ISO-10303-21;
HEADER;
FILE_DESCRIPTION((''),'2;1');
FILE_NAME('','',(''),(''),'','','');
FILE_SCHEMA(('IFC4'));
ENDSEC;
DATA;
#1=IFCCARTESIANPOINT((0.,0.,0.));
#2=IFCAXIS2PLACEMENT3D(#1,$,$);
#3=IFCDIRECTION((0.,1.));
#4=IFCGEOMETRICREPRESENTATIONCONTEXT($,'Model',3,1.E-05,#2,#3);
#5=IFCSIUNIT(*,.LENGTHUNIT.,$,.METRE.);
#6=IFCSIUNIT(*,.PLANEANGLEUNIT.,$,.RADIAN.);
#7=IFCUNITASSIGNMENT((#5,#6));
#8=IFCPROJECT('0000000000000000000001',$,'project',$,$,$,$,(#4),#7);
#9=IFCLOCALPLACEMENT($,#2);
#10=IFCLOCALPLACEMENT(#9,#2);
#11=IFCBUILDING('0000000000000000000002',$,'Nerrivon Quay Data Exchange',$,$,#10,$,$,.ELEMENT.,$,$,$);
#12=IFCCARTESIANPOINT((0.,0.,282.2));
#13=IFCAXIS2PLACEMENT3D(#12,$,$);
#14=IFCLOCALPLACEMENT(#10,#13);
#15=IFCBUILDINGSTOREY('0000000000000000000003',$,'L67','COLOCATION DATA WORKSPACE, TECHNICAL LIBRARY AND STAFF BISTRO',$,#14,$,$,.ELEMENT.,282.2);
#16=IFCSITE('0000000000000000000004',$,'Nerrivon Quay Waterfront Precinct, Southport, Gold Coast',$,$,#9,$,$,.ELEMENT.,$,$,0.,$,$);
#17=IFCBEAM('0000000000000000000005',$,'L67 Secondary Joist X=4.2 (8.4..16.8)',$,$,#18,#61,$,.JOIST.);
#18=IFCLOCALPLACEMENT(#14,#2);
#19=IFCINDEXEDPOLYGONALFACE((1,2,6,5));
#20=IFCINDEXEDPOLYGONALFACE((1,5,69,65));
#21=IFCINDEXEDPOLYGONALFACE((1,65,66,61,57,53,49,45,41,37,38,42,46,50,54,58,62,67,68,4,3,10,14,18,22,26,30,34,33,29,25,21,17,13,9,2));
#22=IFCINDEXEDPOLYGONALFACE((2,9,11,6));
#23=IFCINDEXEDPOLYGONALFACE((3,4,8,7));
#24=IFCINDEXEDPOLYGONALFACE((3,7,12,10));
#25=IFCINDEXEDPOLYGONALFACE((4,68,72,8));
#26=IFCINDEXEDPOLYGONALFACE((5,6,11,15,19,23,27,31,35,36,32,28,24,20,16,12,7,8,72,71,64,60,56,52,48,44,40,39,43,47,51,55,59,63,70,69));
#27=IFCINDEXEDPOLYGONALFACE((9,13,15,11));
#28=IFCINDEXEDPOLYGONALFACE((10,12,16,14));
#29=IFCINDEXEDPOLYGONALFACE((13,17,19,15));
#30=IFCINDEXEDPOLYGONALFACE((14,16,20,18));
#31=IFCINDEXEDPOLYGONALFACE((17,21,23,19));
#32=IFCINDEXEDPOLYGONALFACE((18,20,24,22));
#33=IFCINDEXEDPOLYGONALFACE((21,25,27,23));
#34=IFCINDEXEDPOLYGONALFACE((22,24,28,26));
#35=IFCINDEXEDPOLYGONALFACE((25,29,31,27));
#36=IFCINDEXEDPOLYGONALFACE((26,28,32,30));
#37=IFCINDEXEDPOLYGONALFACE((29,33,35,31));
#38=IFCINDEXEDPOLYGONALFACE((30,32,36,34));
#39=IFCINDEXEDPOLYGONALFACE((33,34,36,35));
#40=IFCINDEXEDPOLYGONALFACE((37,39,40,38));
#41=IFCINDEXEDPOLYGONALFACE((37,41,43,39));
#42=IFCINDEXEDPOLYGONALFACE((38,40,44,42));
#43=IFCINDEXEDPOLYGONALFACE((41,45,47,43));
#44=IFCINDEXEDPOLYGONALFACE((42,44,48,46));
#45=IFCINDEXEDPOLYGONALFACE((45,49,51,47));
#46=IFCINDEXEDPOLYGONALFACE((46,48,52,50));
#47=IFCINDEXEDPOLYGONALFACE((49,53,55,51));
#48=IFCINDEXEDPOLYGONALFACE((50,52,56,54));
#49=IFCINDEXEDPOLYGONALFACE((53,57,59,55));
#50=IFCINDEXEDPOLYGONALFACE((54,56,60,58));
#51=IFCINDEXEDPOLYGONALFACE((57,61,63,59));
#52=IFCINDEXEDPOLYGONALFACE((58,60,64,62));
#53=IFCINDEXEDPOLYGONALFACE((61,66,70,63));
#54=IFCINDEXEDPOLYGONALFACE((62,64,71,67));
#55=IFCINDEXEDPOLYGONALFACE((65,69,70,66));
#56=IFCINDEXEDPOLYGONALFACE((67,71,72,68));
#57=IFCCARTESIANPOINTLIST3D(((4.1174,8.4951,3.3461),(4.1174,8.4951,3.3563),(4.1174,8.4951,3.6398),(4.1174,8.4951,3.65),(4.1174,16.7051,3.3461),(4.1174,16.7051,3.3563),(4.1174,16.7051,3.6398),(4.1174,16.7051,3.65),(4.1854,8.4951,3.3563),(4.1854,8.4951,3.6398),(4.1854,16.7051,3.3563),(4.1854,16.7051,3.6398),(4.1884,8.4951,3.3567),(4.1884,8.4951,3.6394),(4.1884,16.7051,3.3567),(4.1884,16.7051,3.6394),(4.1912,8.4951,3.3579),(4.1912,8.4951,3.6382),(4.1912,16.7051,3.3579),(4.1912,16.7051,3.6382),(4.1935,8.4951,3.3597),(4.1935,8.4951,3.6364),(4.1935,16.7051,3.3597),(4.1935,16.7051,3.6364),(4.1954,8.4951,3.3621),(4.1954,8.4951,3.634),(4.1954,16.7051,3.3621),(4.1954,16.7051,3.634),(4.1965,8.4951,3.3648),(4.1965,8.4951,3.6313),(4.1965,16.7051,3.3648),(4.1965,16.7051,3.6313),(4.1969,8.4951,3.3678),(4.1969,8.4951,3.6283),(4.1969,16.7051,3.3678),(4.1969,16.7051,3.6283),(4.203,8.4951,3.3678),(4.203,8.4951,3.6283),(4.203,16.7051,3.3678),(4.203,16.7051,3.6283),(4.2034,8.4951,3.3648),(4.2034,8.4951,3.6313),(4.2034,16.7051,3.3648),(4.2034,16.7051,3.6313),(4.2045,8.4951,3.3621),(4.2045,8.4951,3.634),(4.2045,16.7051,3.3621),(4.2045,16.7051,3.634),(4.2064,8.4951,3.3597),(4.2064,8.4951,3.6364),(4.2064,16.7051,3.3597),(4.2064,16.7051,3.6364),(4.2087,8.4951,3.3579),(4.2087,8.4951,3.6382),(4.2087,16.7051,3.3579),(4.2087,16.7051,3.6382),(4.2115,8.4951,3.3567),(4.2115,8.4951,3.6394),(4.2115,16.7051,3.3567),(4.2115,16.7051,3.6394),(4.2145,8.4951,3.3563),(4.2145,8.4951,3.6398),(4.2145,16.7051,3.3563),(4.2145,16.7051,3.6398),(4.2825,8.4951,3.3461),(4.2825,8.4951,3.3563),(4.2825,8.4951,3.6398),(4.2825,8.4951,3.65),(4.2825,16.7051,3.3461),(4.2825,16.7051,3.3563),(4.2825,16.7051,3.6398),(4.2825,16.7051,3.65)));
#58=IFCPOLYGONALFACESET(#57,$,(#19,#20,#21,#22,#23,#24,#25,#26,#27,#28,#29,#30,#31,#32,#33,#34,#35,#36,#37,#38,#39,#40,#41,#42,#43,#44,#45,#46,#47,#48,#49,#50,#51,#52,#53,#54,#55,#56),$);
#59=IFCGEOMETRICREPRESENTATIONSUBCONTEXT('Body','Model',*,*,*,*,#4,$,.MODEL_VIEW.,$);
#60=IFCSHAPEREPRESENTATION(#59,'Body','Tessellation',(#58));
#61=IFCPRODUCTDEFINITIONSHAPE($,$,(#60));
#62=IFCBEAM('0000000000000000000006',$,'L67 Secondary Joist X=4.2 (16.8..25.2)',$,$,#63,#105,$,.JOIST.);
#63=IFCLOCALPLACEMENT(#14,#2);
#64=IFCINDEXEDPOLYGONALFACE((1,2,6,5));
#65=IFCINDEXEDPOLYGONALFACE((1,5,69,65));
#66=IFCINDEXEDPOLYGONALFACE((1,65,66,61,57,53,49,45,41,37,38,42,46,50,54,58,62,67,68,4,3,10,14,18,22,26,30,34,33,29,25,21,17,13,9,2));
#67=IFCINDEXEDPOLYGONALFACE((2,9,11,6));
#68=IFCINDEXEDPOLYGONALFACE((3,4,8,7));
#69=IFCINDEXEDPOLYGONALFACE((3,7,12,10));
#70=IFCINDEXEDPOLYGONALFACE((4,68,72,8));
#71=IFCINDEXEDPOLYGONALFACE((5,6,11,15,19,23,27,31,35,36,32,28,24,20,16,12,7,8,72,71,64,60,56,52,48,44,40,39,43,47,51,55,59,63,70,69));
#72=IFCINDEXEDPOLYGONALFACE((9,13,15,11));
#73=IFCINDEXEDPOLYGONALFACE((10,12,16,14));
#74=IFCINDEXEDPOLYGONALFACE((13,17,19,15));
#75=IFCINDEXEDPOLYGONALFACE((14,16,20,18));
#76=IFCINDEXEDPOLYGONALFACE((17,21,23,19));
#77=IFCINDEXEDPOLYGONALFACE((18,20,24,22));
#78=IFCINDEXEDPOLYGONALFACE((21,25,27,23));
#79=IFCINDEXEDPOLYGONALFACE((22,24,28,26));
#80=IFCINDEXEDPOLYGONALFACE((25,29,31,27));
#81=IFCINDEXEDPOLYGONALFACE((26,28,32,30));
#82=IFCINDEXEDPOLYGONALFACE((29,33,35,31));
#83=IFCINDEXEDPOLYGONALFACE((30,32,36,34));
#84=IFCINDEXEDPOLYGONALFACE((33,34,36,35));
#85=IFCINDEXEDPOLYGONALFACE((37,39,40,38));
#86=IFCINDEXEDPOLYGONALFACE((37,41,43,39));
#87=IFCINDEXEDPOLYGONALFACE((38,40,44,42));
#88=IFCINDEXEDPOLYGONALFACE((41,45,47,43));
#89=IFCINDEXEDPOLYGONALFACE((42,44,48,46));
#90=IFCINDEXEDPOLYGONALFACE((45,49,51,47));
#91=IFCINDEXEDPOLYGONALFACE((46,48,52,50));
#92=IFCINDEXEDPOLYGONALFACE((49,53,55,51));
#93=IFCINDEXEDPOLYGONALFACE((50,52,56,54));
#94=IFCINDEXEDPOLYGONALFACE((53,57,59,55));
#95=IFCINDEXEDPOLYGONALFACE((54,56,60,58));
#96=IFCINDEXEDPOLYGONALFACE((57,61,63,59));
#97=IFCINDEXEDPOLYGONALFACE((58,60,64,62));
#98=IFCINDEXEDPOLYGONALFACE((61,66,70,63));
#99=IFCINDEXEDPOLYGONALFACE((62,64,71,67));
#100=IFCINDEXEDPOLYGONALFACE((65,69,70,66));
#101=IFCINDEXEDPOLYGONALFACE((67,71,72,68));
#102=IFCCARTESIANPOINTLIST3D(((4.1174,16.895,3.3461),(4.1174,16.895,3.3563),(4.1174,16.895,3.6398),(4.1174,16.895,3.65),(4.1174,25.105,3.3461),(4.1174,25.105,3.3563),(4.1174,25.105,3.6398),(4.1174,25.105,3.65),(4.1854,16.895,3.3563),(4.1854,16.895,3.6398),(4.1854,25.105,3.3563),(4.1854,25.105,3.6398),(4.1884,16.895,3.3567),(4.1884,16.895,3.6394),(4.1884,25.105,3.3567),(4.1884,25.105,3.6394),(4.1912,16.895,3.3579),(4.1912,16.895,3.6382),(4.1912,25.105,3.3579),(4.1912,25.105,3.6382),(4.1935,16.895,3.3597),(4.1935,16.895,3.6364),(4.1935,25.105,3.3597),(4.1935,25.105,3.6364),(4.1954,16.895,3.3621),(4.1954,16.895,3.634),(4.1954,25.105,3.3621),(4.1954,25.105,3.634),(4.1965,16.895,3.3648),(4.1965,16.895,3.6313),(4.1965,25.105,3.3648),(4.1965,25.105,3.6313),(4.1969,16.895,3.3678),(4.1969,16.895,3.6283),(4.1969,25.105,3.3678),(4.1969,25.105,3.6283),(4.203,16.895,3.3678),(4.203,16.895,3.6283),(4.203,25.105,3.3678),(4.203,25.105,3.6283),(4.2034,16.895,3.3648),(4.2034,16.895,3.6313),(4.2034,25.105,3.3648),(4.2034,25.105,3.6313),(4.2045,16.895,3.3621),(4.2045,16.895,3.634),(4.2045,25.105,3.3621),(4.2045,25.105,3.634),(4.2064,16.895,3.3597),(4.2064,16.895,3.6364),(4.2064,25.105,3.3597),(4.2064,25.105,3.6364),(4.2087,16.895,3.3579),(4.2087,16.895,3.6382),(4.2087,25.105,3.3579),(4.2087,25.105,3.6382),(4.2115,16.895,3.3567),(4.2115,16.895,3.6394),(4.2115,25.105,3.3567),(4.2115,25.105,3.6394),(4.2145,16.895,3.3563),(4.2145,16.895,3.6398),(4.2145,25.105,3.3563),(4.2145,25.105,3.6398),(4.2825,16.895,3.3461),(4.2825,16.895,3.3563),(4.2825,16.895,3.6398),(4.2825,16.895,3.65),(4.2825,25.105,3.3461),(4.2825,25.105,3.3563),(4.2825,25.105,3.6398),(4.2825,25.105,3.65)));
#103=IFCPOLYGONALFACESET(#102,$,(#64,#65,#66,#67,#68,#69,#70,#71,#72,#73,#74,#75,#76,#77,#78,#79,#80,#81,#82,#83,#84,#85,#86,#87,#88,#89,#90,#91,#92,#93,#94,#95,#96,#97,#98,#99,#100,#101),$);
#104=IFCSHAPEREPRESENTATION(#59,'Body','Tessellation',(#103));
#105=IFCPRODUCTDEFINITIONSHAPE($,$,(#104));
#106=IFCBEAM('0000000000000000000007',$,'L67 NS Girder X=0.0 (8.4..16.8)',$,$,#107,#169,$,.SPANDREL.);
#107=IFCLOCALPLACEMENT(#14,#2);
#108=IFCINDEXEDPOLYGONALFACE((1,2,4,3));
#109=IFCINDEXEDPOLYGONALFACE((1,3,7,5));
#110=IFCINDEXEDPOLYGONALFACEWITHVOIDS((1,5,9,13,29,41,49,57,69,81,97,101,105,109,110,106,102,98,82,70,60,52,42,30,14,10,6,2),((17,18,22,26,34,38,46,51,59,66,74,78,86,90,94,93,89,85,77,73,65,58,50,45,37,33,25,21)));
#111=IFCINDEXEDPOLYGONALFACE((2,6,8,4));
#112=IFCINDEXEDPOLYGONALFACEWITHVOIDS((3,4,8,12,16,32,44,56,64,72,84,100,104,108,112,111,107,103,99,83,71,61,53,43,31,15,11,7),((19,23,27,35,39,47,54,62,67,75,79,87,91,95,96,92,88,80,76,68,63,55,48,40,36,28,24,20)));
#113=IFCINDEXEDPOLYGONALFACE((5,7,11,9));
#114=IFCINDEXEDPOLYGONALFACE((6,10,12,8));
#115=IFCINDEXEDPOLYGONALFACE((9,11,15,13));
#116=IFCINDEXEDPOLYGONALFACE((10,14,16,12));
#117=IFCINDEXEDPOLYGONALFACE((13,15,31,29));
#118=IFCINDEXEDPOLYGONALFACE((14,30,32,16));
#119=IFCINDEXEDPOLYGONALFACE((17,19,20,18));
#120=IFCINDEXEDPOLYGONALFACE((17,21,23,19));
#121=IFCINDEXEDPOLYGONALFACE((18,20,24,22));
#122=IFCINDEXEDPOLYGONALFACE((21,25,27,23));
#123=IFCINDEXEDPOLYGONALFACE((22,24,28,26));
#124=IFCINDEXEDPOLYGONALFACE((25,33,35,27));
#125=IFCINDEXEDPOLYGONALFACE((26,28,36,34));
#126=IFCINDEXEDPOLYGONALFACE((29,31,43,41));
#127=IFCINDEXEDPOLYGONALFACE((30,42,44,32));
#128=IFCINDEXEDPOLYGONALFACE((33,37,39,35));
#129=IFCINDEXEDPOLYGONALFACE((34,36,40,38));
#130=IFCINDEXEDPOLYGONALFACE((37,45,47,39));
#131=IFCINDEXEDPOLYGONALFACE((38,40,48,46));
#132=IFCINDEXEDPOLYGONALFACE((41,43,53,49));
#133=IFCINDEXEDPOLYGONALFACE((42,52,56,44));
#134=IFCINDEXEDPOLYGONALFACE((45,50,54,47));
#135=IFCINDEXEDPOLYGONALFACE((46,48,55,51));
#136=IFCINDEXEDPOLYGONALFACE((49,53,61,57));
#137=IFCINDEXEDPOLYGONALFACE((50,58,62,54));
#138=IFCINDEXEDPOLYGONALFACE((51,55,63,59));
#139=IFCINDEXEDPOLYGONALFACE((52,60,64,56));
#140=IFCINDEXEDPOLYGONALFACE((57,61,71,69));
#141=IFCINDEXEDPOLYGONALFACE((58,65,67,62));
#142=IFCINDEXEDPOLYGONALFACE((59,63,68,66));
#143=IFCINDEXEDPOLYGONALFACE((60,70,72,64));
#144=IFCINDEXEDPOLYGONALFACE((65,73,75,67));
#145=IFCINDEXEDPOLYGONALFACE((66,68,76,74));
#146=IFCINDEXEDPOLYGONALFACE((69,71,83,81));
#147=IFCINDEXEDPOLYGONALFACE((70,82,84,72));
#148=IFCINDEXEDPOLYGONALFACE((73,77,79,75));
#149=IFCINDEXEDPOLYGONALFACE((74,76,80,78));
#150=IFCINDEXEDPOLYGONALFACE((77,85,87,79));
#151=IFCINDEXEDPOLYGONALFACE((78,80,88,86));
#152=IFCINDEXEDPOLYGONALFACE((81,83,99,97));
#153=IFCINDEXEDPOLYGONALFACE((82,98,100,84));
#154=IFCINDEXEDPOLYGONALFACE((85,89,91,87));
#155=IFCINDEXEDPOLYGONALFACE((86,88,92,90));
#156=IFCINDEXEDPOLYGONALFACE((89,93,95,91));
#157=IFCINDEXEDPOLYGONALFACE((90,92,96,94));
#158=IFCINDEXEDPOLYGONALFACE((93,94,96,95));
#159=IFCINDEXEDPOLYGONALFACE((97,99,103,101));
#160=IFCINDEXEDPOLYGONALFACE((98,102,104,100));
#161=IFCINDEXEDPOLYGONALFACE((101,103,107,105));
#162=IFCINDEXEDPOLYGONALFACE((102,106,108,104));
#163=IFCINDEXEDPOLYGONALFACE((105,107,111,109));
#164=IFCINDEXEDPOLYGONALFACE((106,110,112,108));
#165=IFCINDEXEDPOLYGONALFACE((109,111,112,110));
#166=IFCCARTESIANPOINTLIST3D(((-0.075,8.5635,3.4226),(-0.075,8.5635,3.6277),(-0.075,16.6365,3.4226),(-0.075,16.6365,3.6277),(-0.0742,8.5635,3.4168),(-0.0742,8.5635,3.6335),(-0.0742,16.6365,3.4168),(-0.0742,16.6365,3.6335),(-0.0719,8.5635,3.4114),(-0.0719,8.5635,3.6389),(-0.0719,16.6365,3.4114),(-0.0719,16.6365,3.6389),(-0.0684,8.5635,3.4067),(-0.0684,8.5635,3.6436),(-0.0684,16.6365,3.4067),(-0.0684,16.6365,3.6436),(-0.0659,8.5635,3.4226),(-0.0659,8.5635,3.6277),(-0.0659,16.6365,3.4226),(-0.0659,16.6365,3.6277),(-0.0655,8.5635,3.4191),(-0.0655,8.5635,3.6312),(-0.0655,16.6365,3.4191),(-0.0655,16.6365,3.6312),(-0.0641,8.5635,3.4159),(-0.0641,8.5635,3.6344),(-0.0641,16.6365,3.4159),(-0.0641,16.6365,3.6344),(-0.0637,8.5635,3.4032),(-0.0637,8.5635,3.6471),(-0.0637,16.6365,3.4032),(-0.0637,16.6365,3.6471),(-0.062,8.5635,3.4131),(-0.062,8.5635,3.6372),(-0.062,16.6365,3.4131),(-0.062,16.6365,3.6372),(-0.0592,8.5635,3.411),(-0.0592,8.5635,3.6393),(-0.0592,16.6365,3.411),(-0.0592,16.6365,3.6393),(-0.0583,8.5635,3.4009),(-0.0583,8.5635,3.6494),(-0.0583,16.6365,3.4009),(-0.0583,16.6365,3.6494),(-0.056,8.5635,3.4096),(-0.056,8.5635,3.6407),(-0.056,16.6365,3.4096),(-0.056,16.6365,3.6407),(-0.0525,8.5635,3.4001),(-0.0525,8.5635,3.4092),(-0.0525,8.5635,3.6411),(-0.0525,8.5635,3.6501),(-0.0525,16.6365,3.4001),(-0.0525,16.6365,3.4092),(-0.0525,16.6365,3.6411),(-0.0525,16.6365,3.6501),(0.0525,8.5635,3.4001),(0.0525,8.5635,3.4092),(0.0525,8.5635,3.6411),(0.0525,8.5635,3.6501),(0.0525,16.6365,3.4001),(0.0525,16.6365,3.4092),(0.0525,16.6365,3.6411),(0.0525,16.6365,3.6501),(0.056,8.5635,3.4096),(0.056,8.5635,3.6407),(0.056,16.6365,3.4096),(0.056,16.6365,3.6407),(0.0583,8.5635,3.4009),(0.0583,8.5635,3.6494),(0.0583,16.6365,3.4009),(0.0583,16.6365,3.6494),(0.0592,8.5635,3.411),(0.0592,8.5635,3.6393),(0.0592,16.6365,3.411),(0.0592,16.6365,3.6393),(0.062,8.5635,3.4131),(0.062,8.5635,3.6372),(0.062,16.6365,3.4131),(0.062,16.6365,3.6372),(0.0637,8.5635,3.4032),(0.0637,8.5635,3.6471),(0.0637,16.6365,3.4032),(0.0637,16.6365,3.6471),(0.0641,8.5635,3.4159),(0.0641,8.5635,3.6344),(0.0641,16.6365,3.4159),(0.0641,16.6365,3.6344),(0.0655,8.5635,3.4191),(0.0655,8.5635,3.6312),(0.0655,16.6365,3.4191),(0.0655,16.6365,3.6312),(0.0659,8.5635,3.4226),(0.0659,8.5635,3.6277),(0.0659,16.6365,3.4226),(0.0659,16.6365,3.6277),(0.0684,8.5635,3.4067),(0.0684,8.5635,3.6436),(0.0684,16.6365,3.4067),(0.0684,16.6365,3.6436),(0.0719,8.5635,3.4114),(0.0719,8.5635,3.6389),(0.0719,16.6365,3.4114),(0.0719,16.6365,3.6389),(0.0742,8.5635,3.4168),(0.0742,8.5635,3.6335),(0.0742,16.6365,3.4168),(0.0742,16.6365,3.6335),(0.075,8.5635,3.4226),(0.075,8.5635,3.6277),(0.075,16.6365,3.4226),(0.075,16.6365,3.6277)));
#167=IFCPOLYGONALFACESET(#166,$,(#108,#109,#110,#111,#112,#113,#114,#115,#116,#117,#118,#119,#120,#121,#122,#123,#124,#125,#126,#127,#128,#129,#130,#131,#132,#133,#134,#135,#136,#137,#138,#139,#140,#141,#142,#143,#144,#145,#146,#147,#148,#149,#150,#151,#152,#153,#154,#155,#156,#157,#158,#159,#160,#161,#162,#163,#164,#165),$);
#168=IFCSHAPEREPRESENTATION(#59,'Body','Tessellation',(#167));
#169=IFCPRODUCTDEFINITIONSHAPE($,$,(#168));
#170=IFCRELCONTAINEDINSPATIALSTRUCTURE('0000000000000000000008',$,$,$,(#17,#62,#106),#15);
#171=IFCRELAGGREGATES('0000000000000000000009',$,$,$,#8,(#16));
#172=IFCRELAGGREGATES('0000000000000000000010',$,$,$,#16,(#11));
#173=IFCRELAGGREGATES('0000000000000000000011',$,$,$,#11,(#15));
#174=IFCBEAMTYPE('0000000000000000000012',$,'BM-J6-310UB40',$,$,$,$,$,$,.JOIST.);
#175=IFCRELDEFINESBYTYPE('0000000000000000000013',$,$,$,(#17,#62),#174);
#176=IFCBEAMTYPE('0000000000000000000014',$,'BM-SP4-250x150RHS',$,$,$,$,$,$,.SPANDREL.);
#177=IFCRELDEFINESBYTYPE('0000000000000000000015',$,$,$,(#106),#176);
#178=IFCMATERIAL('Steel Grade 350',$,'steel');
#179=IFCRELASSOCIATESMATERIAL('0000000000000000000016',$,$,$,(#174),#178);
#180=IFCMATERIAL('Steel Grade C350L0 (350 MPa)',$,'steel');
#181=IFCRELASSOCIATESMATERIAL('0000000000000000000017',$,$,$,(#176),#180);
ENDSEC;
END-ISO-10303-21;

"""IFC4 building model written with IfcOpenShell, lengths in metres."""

from ifc_helpers import new_model, si_unit, direction, frame, origin, origin_2d, place, context, subcontext, project, spatial, hollow_rectangle, i_section, extrude, material, material_profile, profile_set, type_object, element, save


model = new_model("IFC4")

# Units and contexts
model_context = context("Model", 3, precision=1e-05, world=origin(), true_north=direction((0.0, 1.0)))
body_context = subcontext(model_context, "Body", "Model", "MODEL_VIEW")
ifc_project = project(units=[si_unit("LENGTHUNIT", "METRE"), si_unit("PLANEANGLEUNIT", "RADIAN")], contexts=[model_context])

# Site, building, storey
site_placement = place(None, origin())
site = spatial("IfcSite", under=ifc_project, at=site_placement, Name="Nerrivon Quay Waterfront Precinct, Southport, Gold Coast", CompositionType="ELEMENT", RefElevation=0.0)
building_placement = place(site_placement, origin())
building = spatial("IfcBuilding", under=site, at=building_placement, Name="Nerrivon Quay Data Exchange", CompositionType="ELEMENT")
storey_placement = place(building_placement, frame((0.0, 0.0, 282.2)))
storey = spatial("IfcBuildingStorey", under=building, at=storey_placement, Name="L67", Description="COLOCATION DATA WORKSPACE, TECHNICAL LIBRARY AND STAFF BISTRO", CompositionType="ELEMENT", Elevation=282.2)

# Shared definitions
ifc_material_1 = material(Name="Steel Grade 350", Category="steel")

# Beams
ifc_material_profile_1 = material_profile(ifc_material_1, i_section(OverallWidth=0.165, OverallDepth=0.304, WebThickness=0.0061, FlangeThickness=0.0103, FilletRadius=0.0115, at=origin_2d()), Name="310UB40.4")
ifc_profile_set_1 = profile_set([ifc_material_profile_1], Name="Steel Grade 350")
beam_type_1 = type_object("IfcBeamType", Name="BM-J6-310UB40", PredefinedType="JOIST", material=ifc_profile_set_1)
for number, where, z_axis, x_axis, name in (
    (1, (4.2, 8.4951, 3.498), (0.0, 1.0, 0.0), (-1.0, 0.0, 0.0), "L67 Secondary Joist X=4.2 (8.4..16.8)"),
    (2, (4.2, 16.895, 3.498), (0.0, 1.0, 0.0), (-1.0, 0.0, 0.0), "L67 Secondary Joist X=4.2 (16.8..25.2)"),
):
    element("IfcBeam", number, at=place(storey_placement, frame(where, z_axis=z_axis, x_axis=x_axis)), inside=storey, type_object=beam_type_1, Name=name, PredefinedType="JOIST", context=body_context, shape_type="SweptSolid", body=[
        extrude(i_section(OverallWidth=0.165, OverallDepth=0.304, WebThickness=0.0061, FlangeThickness=0.0103, FilletRadius=0.0115, at=origin_2d()), origin(), (0.0, 0.0, 1.0), 8.21),
    ])
ifc_material_2 = material(Name="Steel Grade C350L0 (350 MPa)", Category="steel")
ifc_material_profile_2 = material_profile(ifc_material_2, hollow_rectangle(XDim=0.1499, YDim=0.25, WallThickness=0.009, InnerFilletRadius=0.0134, OuterFilletRadius=0.0225, at=origin_2d()), Name="250x150x9.0RHS")
ifc_profile_set_2 = profile_set([ifc_material_profile_2], Name="Steel Grade C350L0 (350 MPa)")
beam_type_2 = type_object("IfcBeamType", Name="BM-SP4-250x150RHS", PredefinedType="SPANDREL", material=ifc_profile_set_2)
beam_1_placement = place(storey_placement, frame((0.0, 8.5635, 3.5251), z_axis=(0.0, 1.0, 0.0), x_axis=(-1.0, 0.0, 0.0)))
element("IfcBeam", 3, at=beam_1_placement, inside=storey, type_object=beam_type_2, Name="L67 NS Girder X=0.0 (8.4..16.8)", PredefinedType="SPANDREL", context=body_context, shape_type="SweptSolid", body=[
    extrude(hollow_rectangle(XDim=0.1499, YDim=0.25, WallThickness=0.009, InnerFilletRadius=0.0134, OuterFilletRadius=0.0225, at=origin_2d()), origin(), (0.0, 0.0, 1.0), 8.073),
])

save(model, "model.ifc")
